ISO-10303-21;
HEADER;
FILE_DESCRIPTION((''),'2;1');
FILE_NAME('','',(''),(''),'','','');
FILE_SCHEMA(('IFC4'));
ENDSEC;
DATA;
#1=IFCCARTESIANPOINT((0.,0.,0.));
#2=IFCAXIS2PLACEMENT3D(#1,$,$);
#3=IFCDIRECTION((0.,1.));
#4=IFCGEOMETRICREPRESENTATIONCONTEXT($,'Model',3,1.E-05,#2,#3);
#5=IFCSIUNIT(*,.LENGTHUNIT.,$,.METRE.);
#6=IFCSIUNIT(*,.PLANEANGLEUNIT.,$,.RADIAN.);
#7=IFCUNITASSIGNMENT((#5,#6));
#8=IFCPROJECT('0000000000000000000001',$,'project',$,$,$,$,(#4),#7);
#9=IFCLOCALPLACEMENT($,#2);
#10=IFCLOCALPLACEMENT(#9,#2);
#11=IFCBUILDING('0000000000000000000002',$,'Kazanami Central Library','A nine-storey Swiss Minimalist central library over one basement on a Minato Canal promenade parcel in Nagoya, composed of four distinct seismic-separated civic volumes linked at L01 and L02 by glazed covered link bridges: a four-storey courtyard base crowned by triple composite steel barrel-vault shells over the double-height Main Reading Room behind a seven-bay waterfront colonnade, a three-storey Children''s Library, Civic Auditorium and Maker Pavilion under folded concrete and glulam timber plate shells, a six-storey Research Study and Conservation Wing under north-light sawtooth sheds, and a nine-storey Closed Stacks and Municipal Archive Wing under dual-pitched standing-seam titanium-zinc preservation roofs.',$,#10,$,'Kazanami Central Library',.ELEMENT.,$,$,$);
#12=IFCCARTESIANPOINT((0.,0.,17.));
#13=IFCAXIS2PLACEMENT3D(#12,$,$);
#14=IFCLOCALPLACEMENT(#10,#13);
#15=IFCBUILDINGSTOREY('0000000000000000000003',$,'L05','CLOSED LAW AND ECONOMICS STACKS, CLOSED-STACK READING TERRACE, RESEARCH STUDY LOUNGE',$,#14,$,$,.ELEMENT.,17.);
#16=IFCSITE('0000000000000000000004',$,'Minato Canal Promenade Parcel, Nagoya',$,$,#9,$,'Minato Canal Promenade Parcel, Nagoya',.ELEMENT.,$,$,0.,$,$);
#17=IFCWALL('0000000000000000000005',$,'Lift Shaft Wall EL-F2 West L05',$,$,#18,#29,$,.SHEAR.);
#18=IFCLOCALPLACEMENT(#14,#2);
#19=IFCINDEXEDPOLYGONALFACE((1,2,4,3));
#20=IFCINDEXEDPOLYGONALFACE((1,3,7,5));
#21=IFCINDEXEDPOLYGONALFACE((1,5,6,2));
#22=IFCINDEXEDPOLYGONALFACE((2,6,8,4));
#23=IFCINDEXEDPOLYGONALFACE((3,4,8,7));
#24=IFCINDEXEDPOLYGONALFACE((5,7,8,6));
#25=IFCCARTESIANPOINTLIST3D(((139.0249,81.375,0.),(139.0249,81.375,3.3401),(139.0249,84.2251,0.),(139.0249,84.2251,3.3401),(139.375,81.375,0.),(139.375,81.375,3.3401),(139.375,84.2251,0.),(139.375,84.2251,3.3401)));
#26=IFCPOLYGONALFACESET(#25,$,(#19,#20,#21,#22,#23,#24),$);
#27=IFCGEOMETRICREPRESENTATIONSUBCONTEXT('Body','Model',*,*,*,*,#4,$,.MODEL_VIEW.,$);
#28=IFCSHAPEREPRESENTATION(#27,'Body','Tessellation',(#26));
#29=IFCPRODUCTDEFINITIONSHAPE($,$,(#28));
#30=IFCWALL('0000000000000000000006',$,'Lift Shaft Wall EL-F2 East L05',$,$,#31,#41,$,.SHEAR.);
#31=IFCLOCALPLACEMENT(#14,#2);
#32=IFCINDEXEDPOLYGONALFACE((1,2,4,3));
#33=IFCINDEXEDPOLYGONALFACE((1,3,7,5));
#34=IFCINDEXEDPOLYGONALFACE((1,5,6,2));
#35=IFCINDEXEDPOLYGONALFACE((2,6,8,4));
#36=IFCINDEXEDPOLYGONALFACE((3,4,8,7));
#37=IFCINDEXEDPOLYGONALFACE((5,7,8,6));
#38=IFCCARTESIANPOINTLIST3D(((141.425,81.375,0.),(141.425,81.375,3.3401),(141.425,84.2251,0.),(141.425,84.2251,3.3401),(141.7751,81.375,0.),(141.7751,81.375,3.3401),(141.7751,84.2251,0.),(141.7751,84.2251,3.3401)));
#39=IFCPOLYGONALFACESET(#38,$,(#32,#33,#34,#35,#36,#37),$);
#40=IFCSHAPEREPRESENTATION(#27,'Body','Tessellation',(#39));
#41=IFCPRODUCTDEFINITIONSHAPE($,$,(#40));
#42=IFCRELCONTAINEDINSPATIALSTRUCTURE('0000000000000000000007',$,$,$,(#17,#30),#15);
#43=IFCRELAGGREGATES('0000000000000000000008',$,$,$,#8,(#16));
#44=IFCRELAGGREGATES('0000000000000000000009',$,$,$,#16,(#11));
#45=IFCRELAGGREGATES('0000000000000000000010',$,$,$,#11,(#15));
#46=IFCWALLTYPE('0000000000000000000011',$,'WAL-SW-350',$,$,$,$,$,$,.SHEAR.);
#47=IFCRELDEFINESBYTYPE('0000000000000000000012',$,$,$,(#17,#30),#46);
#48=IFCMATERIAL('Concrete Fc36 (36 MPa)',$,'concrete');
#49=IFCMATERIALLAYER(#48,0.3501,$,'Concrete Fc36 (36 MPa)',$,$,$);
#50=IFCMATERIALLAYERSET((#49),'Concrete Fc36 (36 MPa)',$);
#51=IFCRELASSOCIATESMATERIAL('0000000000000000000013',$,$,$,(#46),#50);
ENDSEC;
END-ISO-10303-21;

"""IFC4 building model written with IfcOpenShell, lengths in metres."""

from ifc_helpers import new_model, si_unit, direction, frame, frame_2d, origin, place, context, subcontext, project, spatial, rectangle, extrude, material, layer, layer_set, type_object, element, save


model = new_model("IFC4")

# Units and contexts
model_context = context("Model", 3, precision=1e-05, world=origin(), true_north=direction((0.0, 1.0)))
body_context = subcontext(model_context, "Body", "Model", "MODEL_VIEW")
ifc_project = project(units=[si_unit("LENGTHUNIT", "METRE"), si_unit("PLANEANGLEUNIT", "RADIAN")], contexts=[model_context])

# Site, building, storey
site_placement = place(None, origin())
site = spatial("IfcSite", under=ifc_project, at=site_placement, Name="Minato Canal Promenade Parcel, Nagoya", LongName="Minato Canal Promenade Parcel, Nagoya", CompositionType="ELEMENT", RefElevation=0.0)
building_placement = place(site_placement, origin())
building = spatial("IfcBuilding", under=site, at=building_placement, Name="Kazanami Central Library", Description="A nine-storey Swiss Minimalist central library over one basement on a Minato Canal promenade parcel in Nagoya, composed of four distinct seismic-separated civic volumes linked at L01 and L02 by glazed covered link bridges: a four-storey courtyard base crowned by triple composite steel barrel-vault shells over the double-height Main Reading Room behind a seven-bay waterfront colonnade, a three-storey Children's Library, Civic Auditorium and Maker Pavilion under folded concrete and glulam timber plate shells, a six-storey Research Study and Conservation Wing under north-light sawtooth sheds, and a nine-storey Closed Stacks and Municipal Archive Wing under dual-pitched standing-seam titanium-zinc preservation roofs.", LongName="Kazanami Central Library", CompositionType="ELEMENT")
storey_placement = place(building_placement, frame((0.0, 0.0, 17.0)))
storey = spatial("IfcBuildingStorey", under=building, at=storey_placement, Name="L05", Description="CLOSED LAW AND ECONOMICS STACKS, CLOSED-STACK READING TERRACE, RESEARCH STUDY LOUNGE", CompositionType="ELEMENT", Elevation=17.0)

# Shared definitions
ifc_material_1 = material(Name="Concrete Fc36 (36 MPa)", Category="concrete")

# Shared definitions
ifc_layer_1 = layer(ifc_material_1, 0.3501, Name="Concrete Fc36 (36 MPa)")
ifc_layer_set_1 = layer_set([ifc_layer_1], Name="Concrete Fc36 (36 MPa)")
wall_type_1 = type_object("IfcWallType", Name="WAL-SW-350", PredefinedType="SHEAR", material=ifc_layer_set_1)

# Walls
for number, where, z_axis, x_axis, name in (
    (1, (139.2, 81.375, 0.0), (0.0, 0.0, 1.0), (0.0, 1.0, 0.0), "Lift Shaft Wall EL-F2 West L05"),
    (2, (141.6001, 81.375, 0.0), (0.0, 0.0, 1.0), (0.0, 1.0, 0.0), "Lift Shaft Wall EL-F2 East L05"),
):
    element("IfcWall", number, at=place(storey_placement, frame(where, z_axis=z_axis, x_axis=x_axis)), inside=storey, type_object=wall_type_1, Name=name, PredefinedType="SHEAR", context=body_context, shape_type="SweptSolid", body=[
        extrude(rectangle(XDim=2.8501, YDim=0.3501, at=frame_2d((1.425, 0.0))), origin(), (0.0, 0.0, 1.0), 3.3401),
    ])

save(model, "model.ifc")
